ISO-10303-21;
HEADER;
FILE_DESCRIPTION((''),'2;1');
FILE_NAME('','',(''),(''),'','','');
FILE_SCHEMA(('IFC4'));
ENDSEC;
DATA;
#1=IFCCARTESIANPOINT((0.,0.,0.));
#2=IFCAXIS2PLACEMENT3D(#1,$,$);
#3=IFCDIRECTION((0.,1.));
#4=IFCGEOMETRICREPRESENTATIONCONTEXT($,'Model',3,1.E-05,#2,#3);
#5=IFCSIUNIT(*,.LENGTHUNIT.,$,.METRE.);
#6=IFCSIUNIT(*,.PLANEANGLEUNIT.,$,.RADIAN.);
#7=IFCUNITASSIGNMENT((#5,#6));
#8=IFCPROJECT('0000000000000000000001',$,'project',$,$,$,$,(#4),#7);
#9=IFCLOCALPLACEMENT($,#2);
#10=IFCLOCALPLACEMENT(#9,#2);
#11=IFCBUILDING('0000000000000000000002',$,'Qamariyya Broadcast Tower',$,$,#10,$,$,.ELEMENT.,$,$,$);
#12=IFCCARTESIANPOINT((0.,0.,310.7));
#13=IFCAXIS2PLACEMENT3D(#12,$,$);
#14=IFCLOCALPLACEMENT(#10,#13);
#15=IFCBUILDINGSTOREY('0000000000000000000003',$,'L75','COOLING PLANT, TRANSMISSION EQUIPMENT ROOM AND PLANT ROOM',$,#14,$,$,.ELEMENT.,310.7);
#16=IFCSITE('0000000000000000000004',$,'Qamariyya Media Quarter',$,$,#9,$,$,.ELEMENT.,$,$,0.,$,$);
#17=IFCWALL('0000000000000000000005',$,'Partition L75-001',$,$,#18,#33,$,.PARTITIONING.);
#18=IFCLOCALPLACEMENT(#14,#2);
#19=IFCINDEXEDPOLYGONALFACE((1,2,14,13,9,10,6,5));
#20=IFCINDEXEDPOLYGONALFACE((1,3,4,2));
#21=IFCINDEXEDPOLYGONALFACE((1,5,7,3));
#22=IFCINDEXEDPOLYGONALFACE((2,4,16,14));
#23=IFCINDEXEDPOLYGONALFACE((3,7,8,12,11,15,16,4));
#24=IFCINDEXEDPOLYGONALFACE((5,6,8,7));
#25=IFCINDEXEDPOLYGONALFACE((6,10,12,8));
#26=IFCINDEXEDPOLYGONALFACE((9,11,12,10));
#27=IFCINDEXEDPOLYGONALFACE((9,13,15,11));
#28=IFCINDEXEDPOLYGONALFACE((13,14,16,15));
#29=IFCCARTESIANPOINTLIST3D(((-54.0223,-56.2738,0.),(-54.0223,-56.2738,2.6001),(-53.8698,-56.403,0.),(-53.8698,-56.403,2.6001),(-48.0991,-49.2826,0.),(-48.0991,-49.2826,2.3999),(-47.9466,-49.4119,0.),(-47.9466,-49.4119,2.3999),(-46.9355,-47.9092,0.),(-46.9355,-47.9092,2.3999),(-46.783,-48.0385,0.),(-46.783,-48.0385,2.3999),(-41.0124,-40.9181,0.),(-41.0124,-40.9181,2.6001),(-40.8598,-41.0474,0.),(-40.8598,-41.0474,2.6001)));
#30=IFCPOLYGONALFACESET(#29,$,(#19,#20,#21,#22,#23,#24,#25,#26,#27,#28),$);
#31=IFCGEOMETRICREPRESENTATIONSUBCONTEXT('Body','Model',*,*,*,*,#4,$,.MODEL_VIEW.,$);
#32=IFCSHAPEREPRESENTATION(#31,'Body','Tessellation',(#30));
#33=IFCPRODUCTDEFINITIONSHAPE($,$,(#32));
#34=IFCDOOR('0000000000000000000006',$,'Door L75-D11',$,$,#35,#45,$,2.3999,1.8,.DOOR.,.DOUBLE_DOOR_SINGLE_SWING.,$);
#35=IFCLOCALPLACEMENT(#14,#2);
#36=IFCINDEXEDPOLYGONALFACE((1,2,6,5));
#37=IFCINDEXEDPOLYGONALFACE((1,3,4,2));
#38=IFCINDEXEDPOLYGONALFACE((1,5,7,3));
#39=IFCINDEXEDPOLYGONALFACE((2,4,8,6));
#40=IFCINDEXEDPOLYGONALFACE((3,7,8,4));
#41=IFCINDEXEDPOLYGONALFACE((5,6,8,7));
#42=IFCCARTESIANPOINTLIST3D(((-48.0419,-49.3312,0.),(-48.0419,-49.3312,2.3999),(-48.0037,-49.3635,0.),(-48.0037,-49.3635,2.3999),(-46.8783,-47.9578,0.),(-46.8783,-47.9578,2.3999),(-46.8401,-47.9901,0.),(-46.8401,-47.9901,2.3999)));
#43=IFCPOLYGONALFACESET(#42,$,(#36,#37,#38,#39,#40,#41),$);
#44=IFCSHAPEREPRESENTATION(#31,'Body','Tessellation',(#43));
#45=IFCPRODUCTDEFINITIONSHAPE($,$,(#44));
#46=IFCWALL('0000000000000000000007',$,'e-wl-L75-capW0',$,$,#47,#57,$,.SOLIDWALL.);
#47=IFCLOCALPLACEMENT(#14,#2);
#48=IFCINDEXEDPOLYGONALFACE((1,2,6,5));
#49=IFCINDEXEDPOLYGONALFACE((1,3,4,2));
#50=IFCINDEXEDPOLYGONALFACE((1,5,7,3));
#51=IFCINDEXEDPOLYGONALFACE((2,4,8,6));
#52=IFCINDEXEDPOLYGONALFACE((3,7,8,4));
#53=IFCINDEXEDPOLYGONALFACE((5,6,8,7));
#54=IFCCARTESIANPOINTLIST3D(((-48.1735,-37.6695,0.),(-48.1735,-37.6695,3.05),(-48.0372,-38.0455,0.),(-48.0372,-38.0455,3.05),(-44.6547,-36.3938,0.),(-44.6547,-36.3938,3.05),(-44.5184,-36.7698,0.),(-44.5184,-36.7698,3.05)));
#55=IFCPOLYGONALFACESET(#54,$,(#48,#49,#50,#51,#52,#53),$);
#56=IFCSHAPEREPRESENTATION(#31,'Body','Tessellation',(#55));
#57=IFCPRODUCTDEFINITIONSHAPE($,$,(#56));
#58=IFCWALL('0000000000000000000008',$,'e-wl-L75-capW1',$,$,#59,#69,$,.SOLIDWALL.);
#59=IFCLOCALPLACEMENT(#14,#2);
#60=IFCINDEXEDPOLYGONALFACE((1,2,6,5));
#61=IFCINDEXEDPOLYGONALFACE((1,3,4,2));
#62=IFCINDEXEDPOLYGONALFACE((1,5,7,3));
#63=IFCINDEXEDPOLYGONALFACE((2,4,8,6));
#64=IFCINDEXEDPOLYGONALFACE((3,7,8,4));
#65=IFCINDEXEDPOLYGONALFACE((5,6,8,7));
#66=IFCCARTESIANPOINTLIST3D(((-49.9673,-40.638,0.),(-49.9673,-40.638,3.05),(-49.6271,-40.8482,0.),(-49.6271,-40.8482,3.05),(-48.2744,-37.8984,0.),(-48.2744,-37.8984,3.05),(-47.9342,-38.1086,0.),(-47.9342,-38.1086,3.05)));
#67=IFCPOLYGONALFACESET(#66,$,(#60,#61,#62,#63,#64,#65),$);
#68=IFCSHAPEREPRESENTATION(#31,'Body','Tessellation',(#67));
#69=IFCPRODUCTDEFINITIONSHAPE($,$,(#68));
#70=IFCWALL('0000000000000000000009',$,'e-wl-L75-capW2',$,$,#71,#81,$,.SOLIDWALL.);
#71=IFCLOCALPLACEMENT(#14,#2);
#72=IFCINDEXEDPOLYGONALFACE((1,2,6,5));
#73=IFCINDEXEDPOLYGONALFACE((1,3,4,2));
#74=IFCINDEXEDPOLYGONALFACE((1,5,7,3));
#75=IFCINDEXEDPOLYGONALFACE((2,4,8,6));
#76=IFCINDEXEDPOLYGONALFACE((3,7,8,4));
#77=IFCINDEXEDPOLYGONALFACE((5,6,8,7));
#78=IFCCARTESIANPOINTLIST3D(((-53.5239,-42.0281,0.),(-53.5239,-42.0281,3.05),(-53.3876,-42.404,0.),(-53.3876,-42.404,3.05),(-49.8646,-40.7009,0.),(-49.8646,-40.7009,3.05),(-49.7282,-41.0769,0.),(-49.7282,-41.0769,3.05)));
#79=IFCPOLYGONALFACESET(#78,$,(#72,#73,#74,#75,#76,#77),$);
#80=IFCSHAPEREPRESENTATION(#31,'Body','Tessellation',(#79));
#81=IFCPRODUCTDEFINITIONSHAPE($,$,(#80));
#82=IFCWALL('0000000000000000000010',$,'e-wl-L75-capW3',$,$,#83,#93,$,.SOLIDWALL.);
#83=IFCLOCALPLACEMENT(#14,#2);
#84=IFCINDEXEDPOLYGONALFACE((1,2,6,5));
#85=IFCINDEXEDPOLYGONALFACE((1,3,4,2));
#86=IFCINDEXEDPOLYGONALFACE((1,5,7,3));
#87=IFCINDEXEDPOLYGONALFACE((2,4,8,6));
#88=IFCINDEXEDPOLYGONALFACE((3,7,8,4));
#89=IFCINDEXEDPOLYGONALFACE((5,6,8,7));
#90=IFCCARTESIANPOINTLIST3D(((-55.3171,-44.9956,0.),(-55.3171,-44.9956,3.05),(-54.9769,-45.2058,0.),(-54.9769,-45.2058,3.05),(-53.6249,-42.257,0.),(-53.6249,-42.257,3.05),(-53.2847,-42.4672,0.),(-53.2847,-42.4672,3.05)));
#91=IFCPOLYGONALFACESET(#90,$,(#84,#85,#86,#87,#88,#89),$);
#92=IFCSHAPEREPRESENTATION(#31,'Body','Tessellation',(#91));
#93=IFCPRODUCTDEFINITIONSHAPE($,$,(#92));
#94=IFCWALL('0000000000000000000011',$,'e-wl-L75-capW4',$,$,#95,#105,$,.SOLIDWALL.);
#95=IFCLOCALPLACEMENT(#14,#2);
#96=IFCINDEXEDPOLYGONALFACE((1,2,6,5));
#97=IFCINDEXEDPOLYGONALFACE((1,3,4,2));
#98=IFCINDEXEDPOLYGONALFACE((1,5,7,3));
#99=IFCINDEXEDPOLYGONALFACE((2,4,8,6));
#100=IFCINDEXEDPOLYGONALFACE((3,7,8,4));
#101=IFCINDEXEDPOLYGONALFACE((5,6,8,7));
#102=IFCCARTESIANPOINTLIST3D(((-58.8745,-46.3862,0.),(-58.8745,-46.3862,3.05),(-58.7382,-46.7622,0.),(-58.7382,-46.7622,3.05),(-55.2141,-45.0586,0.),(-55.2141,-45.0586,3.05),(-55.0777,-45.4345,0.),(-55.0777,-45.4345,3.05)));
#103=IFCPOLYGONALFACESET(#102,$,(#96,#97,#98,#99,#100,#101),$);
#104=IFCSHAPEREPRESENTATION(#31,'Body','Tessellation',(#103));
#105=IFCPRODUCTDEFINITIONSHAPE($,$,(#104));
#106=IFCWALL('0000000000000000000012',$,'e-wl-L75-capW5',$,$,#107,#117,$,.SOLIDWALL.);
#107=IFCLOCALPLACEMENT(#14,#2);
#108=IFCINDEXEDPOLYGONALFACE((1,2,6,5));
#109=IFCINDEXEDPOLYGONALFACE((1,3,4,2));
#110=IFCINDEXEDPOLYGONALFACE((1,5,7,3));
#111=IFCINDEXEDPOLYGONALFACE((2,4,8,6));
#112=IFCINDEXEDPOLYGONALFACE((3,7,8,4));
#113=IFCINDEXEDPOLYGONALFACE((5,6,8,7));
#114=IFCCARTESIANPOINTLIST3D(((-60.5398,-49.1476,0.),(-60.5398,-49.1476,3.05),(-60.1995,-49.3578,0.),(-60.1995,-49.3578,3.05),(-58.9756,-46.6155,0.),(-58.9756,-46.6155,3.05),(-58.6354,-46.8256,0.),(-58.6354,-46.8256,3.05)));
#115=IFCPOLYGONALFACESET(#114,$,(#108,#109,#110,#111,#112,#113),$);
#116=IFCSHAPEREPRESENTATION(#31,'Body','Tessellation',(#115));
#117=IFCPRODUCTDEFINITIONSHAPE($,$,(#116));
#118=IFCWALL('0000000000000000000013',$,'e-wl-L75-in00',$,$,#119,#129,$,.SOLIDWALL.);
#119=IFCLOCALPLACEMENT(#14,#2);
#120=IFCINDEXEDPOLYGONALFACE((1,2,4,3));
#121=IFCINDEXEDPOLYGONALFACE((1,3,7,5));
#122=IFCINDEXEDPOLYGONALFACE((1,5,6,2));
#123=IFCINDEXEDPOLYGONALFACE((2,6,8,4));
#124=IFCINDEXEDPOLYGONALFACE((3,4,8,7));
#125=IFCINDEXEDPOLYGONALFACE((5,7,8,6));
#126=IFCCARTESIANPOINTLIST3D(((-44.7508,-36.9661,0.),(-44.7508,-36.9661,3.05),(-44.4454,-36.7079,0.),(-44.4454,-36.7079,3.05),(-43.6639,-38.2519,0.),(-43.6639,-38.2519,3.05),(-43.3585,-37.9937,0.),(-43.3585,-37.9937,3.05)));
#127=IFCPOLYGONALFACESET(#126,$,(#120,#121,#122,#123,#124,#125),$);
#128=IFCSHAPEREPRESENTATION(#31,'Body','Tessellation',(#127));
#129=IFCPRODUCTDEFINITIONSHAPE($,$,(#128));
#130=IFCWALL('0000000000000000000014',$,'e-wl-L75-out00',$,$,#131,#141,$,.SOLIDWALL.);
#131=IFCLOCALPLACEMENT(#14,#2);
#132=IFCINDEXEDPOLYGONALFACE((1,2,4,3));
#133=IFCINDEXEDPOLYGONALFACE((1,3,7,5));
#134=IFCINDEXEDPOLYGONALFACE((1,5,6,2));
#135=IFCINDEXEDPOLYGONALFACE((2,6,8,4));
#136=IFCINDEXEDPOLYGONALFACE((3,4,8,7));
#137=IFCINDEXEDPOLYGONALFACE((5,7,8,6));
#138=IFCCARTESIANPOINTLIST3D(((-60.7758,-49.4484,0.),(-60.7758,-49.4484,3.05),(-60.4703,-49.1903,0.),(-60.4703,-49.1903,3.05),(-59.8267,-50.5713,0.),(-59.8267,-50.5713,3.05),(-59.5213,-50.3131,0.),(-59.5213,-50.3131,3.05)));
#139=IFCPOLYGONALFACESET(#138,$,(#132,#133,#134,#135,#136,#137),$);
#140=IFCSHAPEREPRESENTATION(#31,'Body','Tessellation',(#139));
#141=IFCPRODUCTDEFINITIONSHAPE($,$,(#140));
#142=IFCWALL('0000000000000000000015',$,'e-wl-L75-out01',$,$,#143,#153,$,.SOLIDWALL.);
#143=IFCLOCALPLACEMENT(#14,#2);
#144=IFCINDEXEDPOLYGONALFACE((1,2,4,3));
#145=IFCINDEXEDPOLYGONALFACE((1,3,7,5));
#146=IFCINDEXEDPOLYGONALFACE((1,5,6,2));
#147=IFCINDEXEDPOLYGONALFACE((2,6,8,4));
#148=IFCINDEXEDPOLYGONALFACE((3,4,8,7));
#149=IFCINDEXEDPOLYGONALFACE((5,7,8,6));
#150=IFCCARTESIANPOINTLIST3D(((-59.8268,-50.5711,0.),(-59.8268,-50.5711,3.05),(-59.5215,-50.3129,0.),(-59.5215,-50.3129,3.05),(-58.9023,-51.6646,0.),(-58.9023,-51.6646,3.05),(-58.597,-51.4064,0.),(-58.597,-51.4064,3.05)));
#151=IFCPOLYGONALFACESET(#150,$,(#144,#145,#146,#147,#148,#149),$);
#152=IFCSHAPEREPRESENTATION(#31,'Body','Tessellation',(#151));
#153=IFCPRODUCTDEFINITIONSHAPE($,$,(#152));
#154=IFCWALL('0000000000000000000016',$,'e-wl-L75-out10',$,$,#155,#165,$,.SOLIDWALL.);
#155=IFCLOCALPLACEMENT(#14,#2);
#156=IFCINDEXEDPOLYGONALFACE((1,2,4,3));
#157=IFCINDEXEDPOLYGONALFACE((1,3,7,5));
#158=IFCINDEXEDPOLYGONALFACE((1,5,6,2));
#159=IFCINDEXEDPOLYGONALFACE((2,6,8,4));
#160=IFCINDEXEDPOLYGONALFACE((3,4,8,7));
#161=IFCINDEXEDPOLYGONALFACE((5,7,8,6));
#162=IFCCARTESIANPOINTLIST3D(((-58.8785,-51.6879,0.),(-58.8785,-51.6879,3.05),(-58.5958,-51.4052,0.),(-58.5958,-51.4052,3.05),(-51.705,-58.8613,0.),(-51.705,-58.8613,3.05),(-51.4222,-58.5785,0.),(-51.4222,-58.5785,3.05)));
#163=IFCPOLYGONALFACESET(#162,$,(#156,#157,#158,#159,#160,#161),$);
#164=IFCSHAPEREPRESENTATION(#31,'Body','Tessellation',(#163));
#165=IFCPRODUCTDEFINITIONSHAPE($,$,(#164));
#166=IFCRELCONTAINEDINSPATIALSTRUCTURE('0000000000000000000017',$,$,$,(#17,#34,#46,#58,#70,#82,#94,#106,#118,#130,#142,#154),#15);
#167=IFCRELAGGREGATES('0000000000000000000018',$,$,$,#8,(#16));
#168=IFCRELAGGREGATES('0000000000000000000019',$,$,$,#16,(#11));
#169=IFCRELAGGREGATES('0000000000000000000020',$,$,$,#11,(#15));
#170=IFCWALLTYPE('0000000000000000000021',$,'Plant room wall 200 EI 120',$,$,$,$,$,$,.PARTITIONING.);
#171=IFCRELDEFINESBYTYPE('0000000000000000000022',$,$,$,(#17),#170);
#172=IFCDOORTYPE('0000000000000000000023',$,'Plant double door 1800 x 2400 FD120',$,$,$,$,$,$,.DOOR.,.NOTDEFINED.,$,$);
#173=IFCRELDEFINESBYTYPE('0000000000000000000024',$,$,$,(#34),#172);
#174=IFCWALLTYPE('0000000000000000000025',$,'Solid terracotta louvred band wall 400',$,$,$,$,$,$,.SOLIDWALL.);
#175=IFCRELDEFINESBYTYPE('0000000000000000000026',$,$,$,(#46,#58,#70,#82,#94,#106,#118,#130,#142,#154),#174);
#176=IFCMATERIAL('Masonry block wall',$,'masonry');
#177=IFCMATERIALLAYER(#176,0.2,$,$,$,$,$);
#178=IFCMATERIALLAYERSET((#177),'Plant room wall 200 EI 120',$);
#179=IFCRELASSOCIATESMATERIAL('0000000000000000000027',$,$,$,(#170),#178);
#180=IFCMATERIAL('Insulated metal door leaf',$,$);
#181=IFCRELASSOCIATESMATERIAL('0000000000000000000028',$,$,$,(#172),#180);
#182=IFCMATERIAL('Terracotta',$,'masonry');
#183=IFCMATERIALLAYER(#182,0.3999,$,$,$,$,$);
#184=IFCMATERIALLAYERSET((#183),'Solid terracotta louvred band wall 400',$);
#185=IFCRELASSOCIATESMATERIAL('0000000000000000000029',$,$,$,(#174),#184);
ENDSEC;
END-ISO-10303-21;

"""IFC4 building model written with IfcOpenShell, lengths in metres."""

from ifc_helpers import new_model, si_unit, direction, frame, frame_2d, origin, place, context, subcontext, project, spatial, rectangle, extrude, material, layer, layer_set, type_object, element, fill, save


model = new_model("IFC4")

# Units and contexts
model_context = context("Model", 3, precision=1e-05, world=origin(), true_north=direction((0.0, 1.0)))
body_context = subcontext(model_context, "Body", "Model", "MODEL_VIEW")
ifc_project = project(units=[si_unit("LENGTHUNIT", "METRE"), si_unit("PLANEANGLEUNIT", "RADIAN")], contexts=[model_context])

# Site, building, storey
site_placement = place(None, origin())
site = spatial("IfcSite", under=ifc_project, at=site_placement, Name="Qamariyya Media Quarter", CompositionType="ELEMENT", RefElevation=0.0)
building_placement = place(site_placement, origin())
building = spatial("IfcBuilding", under=site, at=building_placement, Name="Qamariyya Broadcast Tower", CompositionType="ELEMENT")
storey_placement = place(building_placement, frame((0.0, 0.0, 310.7)))
storey = spatial("IfcBuildingStorey", under=building, at=storey_placement, Name="L75", Description="COOLING PLANT, TRANSMISSION EQUIPMENT ROOM AND PLANT ROOM", CompositionType="ELEMENT", Elevation=310.7)

# Wall, opening, door
ifc_material_1 = material(Name="Masonry block wall", Category="masonry")
ifc_layer_1 = layer(ifc_material_1, 0.2)
ifc_layer_set_1 = layer_set([ifc_layer_1], Name="Plant room wall 200 EI 120")
wall_type_1 = type_object("IfcWallType", Name="Plant room wall 200 EI 120", PredefinedType="PARTITIONING", material=ifc_layer_set_1)
wall_1_placement = place(storey_placement, frame((-53.946, -56.3384, 0.0), z_axis=(0.0, 0.0, 1.0), x_axis=(0.646426, 0.762977, 0.0)))
wall_1 = element("IfcWall", 1, at=wall_1_placement, inside=storey, type_object=wall_type_1, Name="Partition L75-001", PredefinedType="PARTITIONING", context=body_context, shape_type="SweptSolid", body=[
    extrude(rectangle(XDim=20.126, YDim=0.2, at=frame_2d((10.063, 0.0))), origin(), (0.0, 0.0, 1.0), 2.6001),
])
opening_1_placement = place(wall_1_placement, frame((9.1631, 0.0, 0.0)))
opening_1 = element("IfcOpeningElement", 2, at=opening_1_placement, cuts=wall_1, PredefinedType="OPENING", context=body_context, shape_type="SweptSolid", body=[
    extrude(rectangle(XDim=1.8, YDim=2.3999, at=frame_2d((0.8999, 1.2))), frame((0.0, 0.1099, 0.0), z_axis=(0.0, -1.0, 0.0), x_axis=(1.0, 0.0, 0.0)), (0.0, 0.0, 1.0), 0.22),
])
ifc_material_2 = material(Name="Insulated metal door leaf")
door_type_1 = type_object("IfcDoorType", Name="Plant double door 1800 x 2400 FD120", OperationType="NOTDEFINED", PredefinedType="DOOR", material=ifc_material_2)
door_1_placement = place(opening_1_placement, origin())
door_1 = element("IfcDoor", 3, at=door_1_placement, inside=storey, type_object=door_type_1, Name="Door L75-D11", OperationType="DOUBLE_DOOR_SINGLE_SWING", OverallHeight=2.3999, OverallWidth=1.8, PredefinedType="DOOR", context=body_context, shape_type="SweptSolid", body=[
    extrude(rectangle(XDim=1.8, YDim=2.3999, at=frame_2d((0.8999, 1.2))), frame((0.0, 0.0249, 0.0), z_axis=(0.0, -1.0, 0.0), x_axis=(1.0, 0.0, 0.0)), (0.0, 0.0, 1.0), 0.05),
])
fill(opening_1, door_1)

# Walls
ifc_material_3 = material(Name="Terracotta", Category="masonry")
ifc_layer_2 = layer(ifc_material_3, 0.3999)
ifc_layer_set_2 = layer_set([ifc_layer_2], Name="Solid terracotta louvred band wall 400")
wall_type_2 = type_object("IfcWallType", Name="Solid terracotta louvred band wall 400", PredefinedType="SOLIDWALL", material=ifc_layer_set_2)
wall_2_placement = place(storey_placement, frame((-44.5864, -36.5818, 0.0), z_axis=(0.0, 0.0, 1.0), x_axis=(-0.94013, -0.340816, 0.0)))
element("IfcWall", 4, at=wall_2_placement, inside=storey, type_object=wall_type_2, Name="e-wl-L75-capW0", PredefinedType="SOLIDWALL", context=body_context, shape_type="SweptSolid", body=[
    extrude(rectangle(XDim=3.7429, YDim=0.3999, at=frame_2d((1.8716, 0.0))), origin(), (0.0, 0.0, 1.0), 3.05),
])
wall_3_placement = place(storey_placement, frame((-48.1042, -38.0034, 0.0), z_axis=(0.0, 0.0, 1.0), x_axis=(-0.525678, -0.850683, 0.0)))
element("IfcWall", 5, at=wall_3_placement, inside=storey, type_object=wall_type_2, Name="e-wl-L75-capW1", PredefinedType="SOLIDWALL", context=body_context, shape_type="SweptSolid", body=[
    extrude(rectangle(XDim=3.2205, YDim=0.3999, at=frame_2d((1.6104, 0.0))), origin(), (0.0, 0.0, 1.0), 3.05),
])
wall_4_placement = place(storey_placement, frame((-49.7964, -40.8889, 0.0), z_axis=(0.0, 0.0, 1.0), x_axis=(-0.940086, -0.340937, 0.0)))
element("IfcWall", 6, at=wall_4_placement, inside=storey, type_object=wall_type_2, Name="e-wl-L75-capW2", PredefinedType="SOLIDWALL", context=body_context, shape_type="SweptSolid", body=[
    extrude(rectangle(XDim=3.8926, YDim=0.3999, at=frame_2d((1.9463, 0.0))), origin(), (0.0, 0.0, 1.0), 3.05),
])
wall_5_placement = place(storey_placement, frame((-53.4548, -42.3621, 0.0), z_axis=(0.0, 0.0, 1.0), x_axis=(-0.525649, -0.850701, 0.0)))
element("IfcWall", 7, at=wall_5_placement, inside=storey, type_object=wall_type_2, Name="e-wl-L75-capW3", PredefinedType="SOLIDWALL", context=body_context, shape_type="SweptSolid", body=[
    extrude(rectangle(XDim=3.2192, YDim=0.3999, at=frame_2d((1.6096, 0.0))), origin(), (0.0, 0.0, 1.0), 3.05),
])
wall_6_placement = place(storey_placement, frame((-55.146, -45.2466, 0.0), z_axis=(0.0, 0.0, 1.0), x_axis=(-0.940075, -0.340968, 0.0)))
element("IfcWall", 8, at=wall_6_placement, inside=storey, type_object=wall_type_2, Name="e-wl-L75-capW4", PredefinedType="SOLIDWALL", context=body_context, shape_type="SweptSolid", body=[
    extrude(rectangle(XDim=3.8938, YDim=0.3999, at=frame_2d((1.9468, 0.0))), origin(), (0.0, 0.0, 1.0), 3.05),
])
wall_7_placement = place(storey_placement, frame((-58.8054, -46.7205, 0.0), z_axis=(0.0, 0.0, 1.0), x_axis=(-0.525538, -0.85077, 0.0)))
element("IfcWall", 9, at=wall_7_placement, inside=storey, type_object=wall_type_2, Name="e-wl-L75-capW5", PredefinedType="SOLIDWALL", context=body_context, shape_type="SweptSolid", body=[
    extrude(rectangle(XDim=2.9763, YDim=0.3999, at=frame_2d((1.4883, 0.0))), origin(), (0.0, 0.0, 1.0), 3.05),
])
wall_8_placement = place(storey_placement, frame((-43.5112, -38.1228, 0.0), z_axis=(0.0, 0.0, 1.0), x_axis=(-0.645546, 0.763722, 0.0)))
element("IfcWall", 10, at=wall_8_placement, inside=storey, type_object=wall_type_2, Name="e-wl-L75-in00", PredefinedType="SOLIDWALL", context=body_context, shape_type="SweptSolid", body=[
    extrude(rectangle(XDim=1.6836, YDim=0.3999, at=frame_2d((0.8418, 0.0))), origin(), (0.0, 0.0, 1.0), 3.05),
])
wall_9_placement = place(storey_placement, frame((-60.623, -49.3193, 0.0), z_axis=(0.0, 0.0, 1.0), x_axis=(0.64551, -0.763752, 0.0)))
element("IfcWall", 11, at=wall_9_placement, inside=storey, type_object=wall_type_2, Name="e-wl-L75-out00", PredefinedType="SOLIDWALL", context=body_context, shape_type="SweptSolid", body=[
    extrude(rectangle(XDim=1.4702, YDim=0.3999, at=frame_2d((0.7351, 0.0))), origin(), (0.0, 0.0, 1.0), 3.05),
])
wall_10_placement = place(storey_placement, frame((-59.6741, -50.4421, 0.0), z_axis=(0.0, 0.0, 1.0), x_axis=(0.645652, -0.763632, 0.0)))
element("IfcWall", 12, at=wall_10_placement, inside=storey, type_object=wall_type_2, Name="e-wl-L75-out01", PredefinedType="SOLIDWALL", context=body_context, shape_type="SweptSolid", body=[
    extrude(rectangle(XDim=1.4319, YDim=0.3999, at=frame_2d((0.7158, 0.0))), origin(), (0.0, 0.0, 1.0), 3.05),
])
wall_11_placement = place(storey_placement, frame((-58.7371, -51.5466, 0.0), z_axis=(0.0, 0.0, 1.0), x_axis=(0.707119, -0.707095, 0.0)))
element("IfcWall", 13, at=wall_11_placement, inside=storey, type_object=wall_type_2, Name="e-wl-L75-out10", PredefinedType="SOLIDWALL", context=body_context, shape_type="SweptSolid", body=[
    extrude(rectangle(XDim=10.1448, YDim=0.3999, at=frame_2d((5.0723, 0.0))), origin(), (0.0, 0.0, 1.0), 3.05),
])

save(model, "model.ifc")
